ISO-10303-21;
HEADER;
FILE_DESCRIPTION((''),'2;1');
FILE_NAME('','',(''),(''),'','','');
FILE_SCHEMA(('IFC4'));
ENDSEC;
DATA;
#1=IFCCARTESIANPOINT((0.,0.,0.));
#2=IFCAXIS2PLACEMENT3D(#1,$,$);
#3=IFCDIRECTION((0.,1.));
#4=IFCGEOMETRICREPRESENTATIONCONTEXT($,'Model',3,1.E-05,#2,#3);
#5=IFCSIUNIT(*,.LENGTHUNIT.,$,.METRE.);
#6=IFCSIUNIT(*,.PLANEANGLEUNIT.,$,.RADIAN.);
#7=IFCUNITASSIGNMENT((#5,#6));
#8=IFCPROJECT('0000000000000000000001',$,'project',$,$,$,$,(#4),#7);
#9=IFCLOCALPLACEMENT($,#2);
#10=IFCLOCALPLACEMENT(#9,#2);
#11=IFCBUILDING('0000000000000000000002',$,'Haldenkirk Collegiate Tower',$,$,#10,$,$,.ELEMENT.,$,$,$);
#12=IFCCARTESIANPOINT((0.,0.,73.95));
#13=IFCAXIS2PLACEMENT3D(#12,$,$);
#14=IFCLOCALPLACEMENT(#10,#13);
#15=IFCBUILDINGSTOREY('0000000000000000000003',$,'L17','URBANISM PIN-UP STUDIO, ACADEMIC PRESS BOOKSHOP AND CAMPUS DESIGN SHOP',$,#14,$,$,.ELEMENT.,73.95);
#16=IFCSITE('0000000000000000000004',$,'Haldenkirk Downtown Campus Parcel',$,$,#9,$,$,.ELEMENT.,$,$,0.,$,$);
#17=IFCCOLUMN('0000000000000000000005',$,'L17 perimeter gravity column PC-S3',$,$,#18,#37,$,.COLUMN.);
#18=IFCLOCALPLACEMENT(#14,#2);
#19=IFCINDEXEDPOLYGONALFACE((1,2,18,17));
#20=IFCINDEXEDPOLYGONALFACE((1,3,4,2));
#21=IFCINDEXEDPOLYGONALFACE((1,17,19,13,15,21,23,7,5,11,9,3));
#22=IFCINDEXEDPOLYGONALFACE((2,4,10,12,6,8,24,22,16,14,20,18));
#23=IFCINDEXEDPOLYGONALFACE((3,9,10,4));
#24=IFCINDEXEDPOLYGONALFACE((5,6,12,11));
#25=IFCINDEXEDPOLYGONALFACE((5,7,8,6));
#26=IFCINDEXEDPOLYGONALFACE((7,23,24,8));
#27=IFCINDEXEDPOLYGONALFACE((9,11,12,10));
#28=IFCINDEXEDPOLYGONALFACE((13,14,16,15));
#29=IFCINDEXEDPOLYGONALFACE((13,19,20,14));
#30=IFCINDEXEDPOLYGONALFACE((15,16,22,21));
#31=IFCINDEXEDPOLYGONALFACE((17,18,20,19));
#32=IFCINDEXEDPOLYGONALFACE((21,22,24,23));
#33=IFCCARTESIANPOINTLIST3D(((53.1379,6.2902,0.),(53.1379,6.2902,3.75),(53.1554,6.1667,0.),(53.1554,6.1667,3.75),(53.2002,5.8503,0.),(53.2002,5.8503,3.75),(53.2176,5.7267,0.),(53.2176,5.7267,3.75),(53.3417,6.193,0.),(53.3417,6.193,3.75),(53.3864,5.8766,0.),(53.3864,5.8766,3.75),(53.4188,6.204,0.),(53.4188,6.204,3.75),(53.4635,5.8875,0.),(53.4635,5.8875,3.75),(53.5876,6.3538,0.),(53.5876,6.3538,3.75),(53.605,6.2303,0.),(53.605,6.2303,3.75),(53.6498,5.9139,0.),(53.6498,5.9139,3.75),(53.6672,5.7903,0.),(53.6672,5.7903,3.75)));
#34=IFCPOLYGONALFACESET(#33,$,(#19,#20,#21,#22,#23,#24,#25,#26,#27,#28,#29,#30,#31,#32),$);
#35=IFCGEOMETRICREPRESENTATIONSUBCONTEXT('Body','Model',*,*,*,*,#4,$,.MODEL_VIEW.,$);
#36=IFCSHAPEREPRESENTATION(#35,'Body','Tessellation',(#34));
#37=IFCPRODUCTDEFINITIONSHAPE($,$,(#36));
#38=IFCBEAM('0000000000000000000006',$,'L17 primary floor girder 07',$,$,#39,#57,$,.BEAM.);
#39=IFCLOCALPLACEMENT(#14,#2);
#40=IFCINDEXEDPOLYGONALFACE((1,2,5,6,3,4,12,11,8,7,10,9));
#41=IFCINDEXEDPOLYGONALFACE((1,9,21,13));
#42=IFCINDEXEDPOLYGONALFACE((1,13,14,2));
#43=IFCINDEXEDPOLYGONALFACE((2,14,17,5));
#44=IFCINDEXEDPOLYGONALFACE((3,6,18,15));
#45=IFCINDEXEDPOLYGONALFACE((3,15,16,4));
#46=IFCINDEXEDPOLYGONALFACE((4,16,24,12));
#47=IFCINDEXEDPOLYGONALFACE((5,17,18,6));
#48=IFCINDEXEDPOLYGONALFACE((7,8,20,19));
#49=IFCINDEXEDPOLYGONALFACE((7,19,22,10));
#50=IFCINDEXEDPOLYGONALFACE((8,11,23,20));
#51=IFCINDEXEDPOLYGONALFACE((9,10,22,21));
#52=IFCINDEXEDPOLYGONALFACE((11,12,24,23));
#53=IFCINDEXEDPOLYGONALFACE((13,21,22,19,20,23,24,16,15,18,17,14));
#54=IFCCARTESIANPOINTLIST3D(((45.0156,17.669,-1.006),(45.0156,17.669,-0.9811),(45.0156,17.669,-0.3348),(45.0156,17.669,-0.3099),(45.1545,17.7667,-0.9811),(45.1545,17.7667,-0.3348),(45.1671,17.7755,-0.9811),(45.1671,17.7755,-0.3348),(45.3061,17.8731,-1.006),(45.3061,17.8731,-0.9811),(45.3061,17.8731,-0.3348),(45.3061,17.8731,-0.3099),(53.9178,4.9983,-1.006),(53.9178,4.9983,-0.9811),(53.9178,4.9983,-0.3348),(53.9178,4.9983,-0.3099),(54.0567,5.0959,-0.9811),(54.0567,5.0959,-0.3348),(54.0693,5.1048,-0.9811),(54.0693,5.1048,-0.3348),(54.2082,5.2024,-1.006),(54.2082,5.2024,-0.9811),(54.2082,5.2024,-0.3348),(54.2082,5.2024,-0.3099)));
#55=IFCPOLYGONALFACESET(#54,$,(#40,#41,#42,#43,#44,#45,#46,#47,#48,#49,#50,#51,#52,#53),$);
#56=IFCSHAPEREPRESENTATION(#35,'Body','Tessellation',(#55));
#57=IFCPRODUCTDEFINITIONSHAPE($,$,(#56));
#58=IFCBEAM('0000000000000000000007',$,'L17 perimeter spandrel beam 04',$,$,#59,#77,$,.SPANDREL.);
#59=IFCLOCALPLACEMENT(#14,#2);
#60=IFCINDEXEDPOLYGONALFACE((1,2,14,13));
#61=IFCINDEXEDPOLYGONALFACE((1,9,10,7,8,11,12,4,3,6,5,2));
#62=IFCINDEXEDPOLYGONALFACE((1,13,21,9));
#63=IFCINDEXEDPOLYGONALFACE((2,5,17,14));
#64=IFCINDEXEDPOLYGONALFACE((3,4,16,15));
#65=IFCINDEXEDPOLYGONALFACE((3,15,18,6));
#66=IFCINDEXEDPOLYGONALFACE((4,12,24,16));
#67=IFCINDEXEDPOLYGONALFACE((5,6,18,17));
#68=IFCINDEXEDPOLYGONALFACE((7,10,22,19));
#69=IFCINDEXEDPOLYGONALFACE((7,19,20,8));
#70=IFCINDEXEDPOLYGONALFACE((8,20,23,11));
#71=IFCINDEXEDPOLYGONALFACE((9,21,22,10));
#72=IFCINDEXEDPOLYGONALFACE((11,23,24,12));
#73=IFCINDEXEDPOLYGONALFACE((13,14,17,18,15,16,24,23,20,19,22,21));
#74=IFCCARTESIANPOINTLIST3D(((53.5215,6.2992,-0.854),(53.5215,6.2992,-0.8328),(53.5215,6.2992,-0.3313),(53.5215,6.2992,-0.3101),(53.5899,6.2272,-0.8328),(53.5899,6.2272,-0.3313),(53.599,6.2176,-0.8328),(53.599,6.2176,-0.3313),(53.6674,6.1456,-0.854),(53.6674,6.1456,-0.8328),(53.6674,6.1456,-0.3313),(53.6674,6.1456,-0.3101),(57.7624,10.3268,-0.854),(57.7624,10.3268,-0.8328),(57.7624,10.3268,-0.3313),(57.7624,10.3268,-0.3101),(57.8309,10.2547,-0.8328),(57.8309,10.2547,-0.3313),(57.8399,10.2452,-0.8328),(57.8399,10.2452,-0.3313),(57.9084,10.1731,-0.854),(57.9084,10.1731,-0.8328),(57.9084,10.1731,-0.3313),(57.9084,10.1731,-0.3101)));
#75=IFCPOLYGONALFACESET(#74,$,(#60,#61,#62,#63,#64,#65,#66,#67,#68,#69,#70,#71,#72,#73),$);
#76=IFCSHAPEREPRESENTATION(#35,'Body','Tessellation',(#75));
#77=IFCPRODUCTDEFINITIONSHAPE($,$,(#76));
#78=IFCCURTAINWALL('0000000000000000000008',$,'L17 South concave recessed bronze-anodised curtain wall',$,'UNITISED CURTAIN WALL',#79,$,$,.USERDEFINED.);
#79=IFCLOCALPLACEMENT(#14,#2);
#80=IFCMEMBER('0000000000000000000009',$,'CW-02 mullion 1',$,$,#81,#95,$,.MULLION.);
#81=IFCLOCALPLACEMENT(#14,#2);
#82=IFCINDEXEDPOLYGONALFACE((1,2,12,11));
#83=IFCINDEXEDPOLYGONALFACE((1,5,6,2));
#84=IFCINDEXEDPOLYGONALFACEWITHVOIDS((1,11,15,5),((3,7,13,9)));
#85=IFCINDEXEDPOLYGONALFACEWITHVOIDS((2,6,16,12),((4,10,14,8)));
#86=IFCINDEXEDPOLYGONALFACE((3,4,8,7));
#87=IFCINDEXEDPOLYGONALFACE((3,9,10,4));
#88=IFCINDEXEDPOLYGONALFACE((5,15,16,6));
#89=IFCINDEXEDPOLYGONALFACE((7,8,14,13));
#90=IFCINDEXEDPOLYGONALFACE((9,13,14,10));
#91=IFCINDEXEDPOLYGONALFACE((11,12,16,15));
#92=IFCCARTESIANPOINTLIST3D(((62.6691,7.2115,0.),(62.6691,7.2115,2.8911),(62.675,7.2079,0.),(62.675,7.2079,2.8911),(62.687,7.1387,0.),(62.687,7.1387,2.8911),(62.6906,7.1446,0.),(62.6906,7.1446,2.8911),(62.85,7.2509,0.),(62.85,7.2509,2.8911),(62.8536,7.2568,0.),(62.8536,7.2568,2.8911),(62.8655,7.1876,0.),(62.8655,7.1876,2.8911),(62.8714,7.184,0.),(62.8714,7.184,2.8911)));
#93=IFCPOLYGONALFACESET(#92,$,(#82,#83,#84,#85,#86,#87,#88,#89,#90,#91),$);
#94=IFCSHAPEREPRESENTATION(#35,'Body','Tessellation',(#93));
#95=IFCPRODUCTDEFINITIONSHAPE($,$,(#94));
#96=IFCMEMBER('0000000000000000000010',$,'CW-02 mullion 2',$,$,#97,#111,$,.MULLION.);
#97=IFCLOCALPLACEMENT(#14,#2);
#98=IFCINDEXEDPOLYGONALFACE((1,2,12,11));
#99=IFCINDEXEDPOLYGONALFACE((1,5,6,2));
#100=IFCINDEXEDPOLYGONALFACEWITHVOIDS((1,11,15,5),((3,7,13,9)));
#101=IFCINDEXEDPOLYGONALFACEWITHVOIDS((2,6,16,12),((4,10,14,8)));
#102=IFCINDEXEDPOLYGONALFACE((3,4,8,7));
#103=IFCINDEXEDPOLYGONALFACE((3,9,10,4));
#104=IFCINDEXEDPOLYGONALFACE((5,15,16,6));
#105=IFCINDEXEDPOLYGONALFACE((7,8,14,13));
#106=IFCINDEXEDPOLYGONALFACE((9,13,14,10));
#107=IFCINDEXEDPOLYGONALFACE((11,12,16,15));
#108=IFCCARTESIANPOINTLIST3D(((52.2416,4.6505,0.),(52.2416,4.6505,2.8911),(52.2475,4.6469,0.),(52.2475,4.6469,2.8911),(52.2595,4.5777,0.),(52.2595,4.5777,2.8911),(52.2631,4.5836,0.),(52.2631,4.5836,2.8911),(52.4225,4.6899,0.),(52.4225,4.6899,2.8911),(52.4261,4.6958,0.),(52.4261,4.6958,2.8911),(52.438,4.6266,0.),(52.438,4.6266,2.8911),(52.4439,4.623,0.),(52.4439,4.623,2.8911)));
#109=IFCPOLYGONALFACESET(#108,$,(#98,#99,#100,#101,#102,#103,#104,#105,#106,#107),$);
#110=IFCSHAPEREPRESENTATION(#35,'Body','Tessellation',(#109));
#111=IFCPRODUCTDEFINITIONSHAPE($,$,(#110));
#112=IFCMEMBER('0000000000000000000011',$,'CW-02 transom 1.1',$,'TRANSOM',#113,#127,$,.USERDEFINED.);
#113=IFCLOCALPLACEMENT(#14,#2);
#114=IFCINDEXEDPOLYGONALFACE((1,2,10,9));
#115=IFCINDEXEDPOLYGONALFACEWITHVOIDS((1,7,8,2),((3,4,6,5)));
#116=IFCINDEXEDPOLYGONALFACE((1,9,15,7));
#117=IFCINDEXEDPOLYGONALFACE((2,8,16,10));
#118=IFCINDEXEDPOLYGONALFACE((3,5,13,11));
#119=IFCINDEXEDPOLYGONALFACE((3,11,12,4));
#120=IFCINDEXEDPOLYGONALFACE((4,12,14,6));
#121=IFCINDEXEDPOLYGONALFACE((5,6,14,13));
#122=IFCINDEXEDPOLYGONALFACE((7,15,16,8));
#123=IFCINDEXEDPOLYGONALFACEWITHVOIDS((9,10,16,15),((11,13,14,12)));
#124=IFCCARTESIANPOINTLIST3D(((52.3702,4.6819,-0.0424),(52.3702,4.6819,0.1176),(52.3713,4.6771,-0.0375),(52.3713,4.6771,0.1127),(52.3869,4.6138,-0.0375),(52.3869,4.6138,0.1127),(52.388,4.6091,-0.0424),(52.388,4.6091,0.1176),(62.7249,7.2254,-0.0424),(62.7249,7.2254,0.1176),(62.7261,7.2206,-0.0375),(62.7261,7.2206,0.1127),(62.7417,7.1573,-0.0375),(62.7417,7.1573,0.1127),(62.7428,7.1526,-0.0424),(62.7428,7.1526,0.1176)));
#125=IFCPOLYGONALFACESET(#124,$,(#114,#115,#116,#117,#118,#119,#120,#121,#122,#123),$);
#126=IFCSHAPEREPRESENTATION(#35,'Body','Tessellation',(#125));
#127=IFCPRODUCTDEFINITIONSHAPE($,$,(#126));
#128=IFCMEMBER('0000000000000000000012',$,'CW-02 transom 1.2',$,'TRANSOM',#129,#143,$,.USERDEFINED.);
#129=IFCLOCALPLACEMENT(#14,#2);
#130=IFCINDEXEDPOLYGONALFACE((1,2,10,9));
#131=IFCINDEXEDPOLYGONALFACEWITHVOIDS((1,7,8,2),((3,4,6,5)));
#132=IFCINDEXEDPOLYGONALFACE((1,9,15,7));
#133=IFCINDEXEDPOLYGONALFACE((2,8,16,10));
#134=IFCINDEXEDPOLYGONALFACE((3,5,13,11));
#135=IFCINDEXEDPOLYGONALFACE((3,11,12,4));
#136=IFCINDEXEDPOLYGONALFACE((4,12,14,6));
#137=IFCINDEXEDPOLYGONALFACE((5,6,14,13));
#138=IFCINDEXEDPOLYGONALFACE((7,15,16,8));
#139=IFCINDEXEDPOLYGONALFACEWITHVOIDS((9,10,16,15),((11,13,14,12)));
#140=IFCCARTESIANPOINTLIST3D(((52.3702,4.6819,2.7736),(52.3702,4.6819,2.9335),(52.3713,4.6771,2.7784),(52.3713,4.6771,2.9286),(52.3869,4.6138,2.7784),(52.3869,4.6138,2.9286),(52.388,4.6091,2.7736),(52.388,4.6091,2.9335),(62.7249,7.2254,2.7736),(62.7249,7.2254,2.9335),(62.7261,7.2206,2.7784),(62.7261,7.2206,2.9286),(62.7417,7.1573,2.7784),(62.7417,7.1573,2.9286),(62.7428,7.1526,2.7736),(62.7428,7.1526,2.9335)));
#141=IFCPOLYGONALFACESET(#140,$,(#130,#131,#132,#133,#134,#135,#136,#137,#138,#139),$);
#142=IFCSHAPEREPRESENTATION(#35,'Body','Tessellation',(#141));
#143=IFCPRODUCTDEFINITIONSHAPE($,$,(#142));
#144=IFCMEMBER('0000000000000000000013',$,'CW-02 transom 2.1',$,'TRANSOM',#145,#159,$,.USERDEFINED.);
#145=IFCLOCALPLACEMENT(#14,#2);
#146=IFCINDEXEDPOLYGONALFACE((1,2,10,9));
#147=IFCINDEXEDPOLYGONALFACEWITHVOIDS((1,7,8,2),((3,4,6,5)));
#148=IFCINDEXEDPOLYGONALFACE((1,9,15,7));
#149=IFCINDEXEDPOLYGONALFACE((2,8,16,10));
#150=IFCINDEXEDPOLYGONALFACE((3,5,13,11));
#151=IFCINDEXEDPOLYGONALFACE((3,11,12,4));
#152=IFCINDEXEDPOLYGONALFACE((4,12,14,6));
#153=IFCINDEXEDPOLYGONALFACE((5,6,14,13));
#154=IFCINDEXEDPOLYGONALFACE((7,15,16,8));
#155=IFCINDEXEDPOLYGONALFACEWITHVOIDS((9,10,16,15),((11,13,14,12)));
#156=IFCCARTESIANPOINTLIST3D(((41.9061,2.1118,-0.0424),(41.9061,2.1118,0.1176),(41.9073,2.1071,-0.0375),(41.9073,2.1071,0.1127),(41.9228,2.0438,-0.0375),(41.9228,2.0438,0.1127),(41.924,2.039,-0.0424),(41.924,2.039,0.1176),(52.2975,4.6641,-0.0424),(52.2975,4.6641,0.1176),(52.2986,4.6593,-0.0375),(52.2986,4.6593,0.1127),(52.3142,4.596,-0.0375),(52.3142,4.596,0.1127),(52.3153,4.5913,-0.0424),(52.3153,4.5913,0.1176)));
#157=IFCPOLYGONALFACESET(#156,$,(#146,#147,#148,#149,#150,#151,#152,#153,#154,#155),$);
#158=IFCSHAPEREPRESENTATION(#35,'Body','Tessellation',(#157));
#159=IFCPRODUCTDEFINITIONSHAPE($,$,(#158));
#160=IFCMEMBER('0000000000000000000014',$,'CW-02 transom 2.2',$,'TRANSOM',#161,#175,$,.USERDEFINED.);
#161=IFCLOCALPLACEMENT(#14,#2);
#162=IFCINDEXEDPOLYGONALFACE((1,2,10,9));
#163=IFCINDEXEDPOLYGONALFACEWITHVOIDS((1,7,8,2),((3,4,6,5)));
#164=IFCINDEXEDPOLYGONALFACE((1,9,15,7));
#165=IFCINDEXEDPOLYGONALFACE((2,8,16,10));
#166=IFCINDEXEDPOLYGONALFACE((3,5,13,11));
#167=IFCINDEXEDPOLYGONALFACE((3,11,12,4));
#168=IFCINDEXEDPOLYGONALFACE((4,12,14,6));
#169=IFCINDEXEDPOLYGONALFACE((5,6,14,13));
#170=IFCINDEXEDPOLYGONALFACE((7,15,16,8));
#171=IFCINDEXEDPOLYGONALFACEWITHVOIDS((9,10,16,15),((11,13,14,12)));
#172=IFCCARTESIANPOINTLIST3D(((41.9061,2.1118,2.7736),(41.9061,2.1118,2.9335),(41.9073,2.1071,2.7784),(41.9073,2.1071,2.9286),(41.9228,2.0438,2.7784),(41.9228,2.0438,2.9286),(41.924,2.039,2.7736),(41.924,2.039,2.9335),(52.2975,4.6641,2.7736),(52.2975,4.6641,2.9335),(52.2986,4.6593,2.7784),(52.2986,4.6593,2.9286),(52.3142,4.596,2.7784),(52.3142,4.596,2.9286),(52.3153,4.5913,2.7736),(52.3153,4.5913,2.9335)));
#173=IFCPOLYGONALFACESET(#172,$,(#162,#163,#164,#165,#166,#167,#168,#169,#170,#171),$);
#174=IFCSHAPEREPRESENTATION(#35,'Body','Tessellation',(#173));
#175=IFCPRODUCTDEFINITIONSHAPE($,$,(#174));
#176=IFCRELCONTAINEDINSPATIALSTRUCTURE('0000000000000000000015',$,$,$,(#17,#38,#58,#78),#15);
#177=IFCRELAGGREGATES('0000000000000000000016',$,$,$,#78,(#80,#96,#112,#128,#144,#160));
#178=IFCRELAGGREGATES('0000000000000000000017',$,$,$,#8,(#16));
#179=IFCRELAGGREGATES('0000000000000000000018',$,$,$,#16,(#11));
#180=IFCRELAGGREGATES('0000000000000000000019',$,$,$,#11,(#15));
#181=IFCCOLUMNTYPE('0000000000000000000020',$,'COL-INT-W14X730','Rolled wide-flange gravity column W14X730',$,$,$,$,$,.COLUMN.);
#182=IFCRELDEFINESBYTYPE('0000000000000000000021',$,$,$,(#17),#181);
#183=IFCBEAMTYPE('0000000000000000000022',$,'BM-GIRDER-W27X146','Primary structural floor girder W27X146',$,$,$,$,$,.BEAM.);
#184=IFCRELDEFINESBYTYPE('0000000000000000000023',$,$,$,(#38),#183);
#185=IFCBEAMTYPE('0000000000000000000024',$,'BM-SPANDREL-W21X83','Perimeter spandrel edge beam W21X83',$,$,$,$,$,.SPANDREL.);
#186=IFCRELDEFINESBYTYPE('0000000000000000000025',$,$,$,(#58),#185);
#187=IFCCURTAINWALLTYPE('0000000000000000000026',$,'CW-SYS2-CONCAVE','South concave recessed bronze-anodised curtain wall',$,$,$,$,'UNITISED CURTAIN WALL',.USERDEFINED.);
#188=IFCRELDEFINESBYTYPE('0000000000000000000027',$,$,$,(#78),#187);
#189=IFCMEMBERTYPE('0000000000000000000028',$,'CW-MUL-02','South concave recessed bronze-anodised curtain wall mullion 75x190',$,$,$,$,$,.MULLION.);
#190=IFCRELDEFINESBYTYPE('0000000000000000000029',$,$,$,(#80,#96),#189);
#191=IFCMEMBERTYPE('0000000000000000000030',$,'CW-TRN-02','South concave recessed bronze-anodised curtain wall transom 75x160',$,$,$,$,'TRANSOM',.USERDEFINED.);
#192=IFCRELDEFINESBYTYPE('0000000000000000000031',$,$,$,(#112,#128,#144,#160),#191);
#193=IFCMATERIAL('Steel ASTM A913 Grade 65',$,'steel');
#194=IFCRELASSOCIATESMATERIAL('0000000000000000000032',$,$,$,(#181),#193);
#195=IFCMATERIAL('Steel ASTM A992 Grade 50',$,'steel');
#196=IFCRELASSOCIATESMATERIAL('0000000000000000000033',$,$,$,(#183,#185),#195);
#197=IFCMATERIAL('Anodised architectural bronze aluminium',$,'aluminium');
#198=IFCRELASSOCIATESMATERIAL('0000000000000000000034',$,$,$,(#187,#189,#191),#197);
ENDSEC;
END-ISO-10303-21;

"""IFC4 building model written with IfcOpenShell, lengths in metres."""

from ifc_helpers import new_model, si_unit, direction, frame, origin, origin_2d, place, context, subcontext, project, spatial, hollow_rectangle, i_section, extrude, material, material_profile, profile_set, type_object, element, aggregate, save


model = new_model("IFC4")

# Units and contexts
model_context = context("Model", 3, precision=1e-05, world=origin(), true_north=direction((0.0, 1.0)))
body_context = subcontext(model_context, "Body", "Model", "MODEL_VIEW")
ifc_project = project(units=[si_unit("LENGTHUNIT", "METRE"), si_unit("PLANEANGLEUNIT", "RADIAN")], contexts=[model_context])

# Site, building, storey
site_placement = place(None, origin())
site = spatial("IfcSite", under=ifc_project, at=site_placement, Name="Haldenkirk Downtown Campus Parcel", CompositionType="ELEMENT", RefElevation=0.0)
building_placement = place(site_placement, origin())
building = spatial("IfcBuilding", under=site, at=building_placement, Name="Haldenkirk Collegiate Tower", CompositionType="ELEMENT")
storey_placement = place(building_placement, frame((0.0, 0.0, 73.95)))
storey = spatial("IfcBuildingStorey", under=building, at=storey_placement, Name="L17", Description="URBANISM PIN-UP STUDIO, ACADEMIC PRESS BOOKSHOP AND CAMPUS DESIGN SHOP", CompositionType="ELEMENT", Elevation=73.95)

# Column
ifc_material_1 = material(Name="Steel ASTM A913 Grade 65", Category="steel")
ifc_material_profile_1 = material_profile(ifc_material_1, i_section(OverallWidth=0.4541, OverallDepth=0.5691, WebThickness=0.0779, FlangeThickness=0.1248, at=origin_2d()), Name="W14X730")
ifc_profile_set_1 = profile_set([ifc_material_profile_1], Name="Steel ASTM A913 Grade 65")
column_type = type_object("IfcColumnType", Name="COL-INT-W14X730", Description="Rolled wide-flange gravity column W14X730", PredefinedType="COLUMN", material=ifc_profile_set_1)
column_placement = place(storey_placement, frame((53.4026, 6.0403, 0.0), z_axis=(0.0, 0.0, 1.0), x_axis=(0.990146, 0.140037, 0.0)))
element("IfcColumn", 1, at=column_placement, inside=storey, type_object=column_type, Name="L17 perimeter gravity column PC-S3", PredefinedType="COLUMN", context=body_context, shape_type="SweptSolid", body=[
    extrude(i_section(OverallWidth=0.4541, OverallDepth=0.5691, WebThickness=0.0779, FlangeThickness=0.1248, at=origin_2d()), origin(), (0.0, 0.0, 1.0), 3.75),
])

# Beams
ifc_material_2 = material(Name="Steel ASTM A992 Grade 50", Category="steel")
ifc_material_profile_2 = material_profile(ifc_material_2, i_section(OverallWidth=0.355, OverallDepth=0.696, WebThickness=0.0154, FlangeThickness=0.0249, at=origin_2d()), Name="W27X146")
ifc_profile_set_2 = profile_set([ifc_material_profile_2], Name="Steel ASTM A992 Grade 50")
beam_type_1 = type_object("IfcBeamType", Name="BM-GIRDER-W27X146", Description="Primary structural floor girder W27X146", PredefinedType="BEAM", material=ifc_profile_set_2)
beam_1_placement = place(storey_placement, frame((54.063, 5.1003, -0.658), z_axis=(-0.574876, 0.81824, 0.0), x_axis=(-0.81824, -0.574876, 0.0)))
element("IfcBeam", 2, at=beam_1_placement, inside=storey, type_object=beam_type_1, Name="L17 primary floor girder 07", PredefinedType="BEAM", context=body_context, shape_type="SweptSolid", body=[
    extrude(i_section(OverallWidth=0.355, OverallDepth=0.696, WebThickness=0.0154, FlangeThickness=0.0249, at=origin_2d()), origin(), (0.0, 0.0, 1.0), 15.4854),
])
ifc_material_profile_3 = material_profile(ifc_material_2, i_section(OverallWidth=0.2119, OverallDepth=0.5439, WebThickness=0.0132, FlangeThickness=0.0212, at=origin_2d()), Name="W21X83")
ifc_profile_set_3 = profile_set([ifc_material_profile_3], Name="Steel ASTM A992 Grade 50")
beam_type_2 = type_object("IfcBeamType", Name="BM-SPANDREL-W21X83", Description="Perimeter spandrel edge beam W21X83", PredefinedType="SPANDREL", material=ifc_profile_set_3)
beam_2_placement = place(storey_placement, frame((53.5945, 6.2224, -0.582), z_axis=(0.725113, 0.68863, 0.0), x_axis=(-0.68863, 0.725113, 0.0)))
element("IfcBeam", 3, at=beam_2_placement, inside=storey, type_object=beam_type_2, Name="L17 perimeter spandrel beam 04", PredefinedType="SPANDREL", context=body_context, shape_type="SweptSolid", body=[
    extrude(i_section(OverallWidth=0.2119, OverallDepth=0.5439, WebThickness=0.0132, FlangeThickness=0.0212, at=origin_2d()), origin(), (0.0, 0.0, 1.0), 5.8486),
])

# Curtain wall, members
ifc_material_3 = material(Name="Anodised architectural bronze aluminium", Category="aluminium")
curtain_wall_type = type_object("IfcCurtainWallType", Name="CW-SYS2-CONCAVE", Description="South concave recessed bronze-anodised curtain wall", ElementType="UNITISED CURTAIN WALL", PredefinedType="USERDEFINED", material=ifc_material_3)
curtain_wall_placement = place(storey_placement, origin())
curtain_wall = element("IfcCurtainWall", 4, at=curtain_wall_placement, inside=storey, type_object=curtain_wall_type, Name="L17 South concave recessed bronze-anodised curtain wall", ObjectType="UNITISED CURTAIN WALL", PredefinedType="USERDEFINED")
ifc_material_profile_4 = material_profile(ifc_material_3, hollow_rectangle(XDim=0.075, YDim=0.1899, WallThickness=0.0049, at=origin_2d()), Name="CW-MUL-02")
ifc_profile_set_4 = profile_set([ifc_material_profile_4], Name="Anodised architectural bronze aluminium")
member_type_1 = type_object("IfcMemberType", Name="CW-MUL-02", Description="South concave recessed bronze-anodised curtain wall mullion 75x190", PredefinedType="MULLION", material=ifc_profile_set_4)
member_1_placement = place(storey_placement, frame((62.7703, 7.1978, 0.0), z_axis=(0.0, 0.0, 1.0), x_axis=(0.238533, -0.971134, 0.0)))
member_1 = element("IfcMember", 5, at=member_1_placement, type_object=member_type_1, Name="CW-02 mullion 1", PredefinedType="MULLION", context=body_context, shape_type="SweptSolid", body=[
    extrude(hollow_rectangle(XDim=0.075, YDim=0.1899, WallThickness=0.0049, at=origin_2d()), origin(), (0.0, 0.0, 1.0), 2.8911),
])
member_2_placement = place(storey_placement, frame((52.3428, 4.6367, 0.0), z_axis=(0.0, 0.0, 1.0), x_axis=(0.238533, -0.971134, 0.0)))
member_2 = element("IfcMember", 6, at=member_2_placement, type_object=member_type_1, Name="CW-02 mullion 2", PredefinedType="MULLION", context=body_context, shape_type="SweptSolid", body=[
    extrude(hollow_rectangle(XDim=0.075, YDim=0.1899, WallThickness=0.0049, at=origin_2d()), origin(), (0.0, 0.0, 1.0), 2.8911),
])
ifc_material_profile_5 = material_profile(ifc_material_3, hollow_rectangle(XDim=0.075, YDim=0.1599, WallThickness=0.0049, at=origin_2d()), Name="CW-TRN-02")
ifc_profile_set_5 = profile_set([ifc_material_profile_5], Name="Anodised architectural bronze aluminium")
member_type_2 = type_object("IfcMemberType", Name="CW-TRN-02", Description="South concave recessed bronze-anodised curtain wall transom 75x160", ElementType="TRANSOM", PredefinedType="USERDEFINED", material=ifc_profile_set_5)
member_3_placement = place(storey_placement, frame((62.7339, 7.189, 0.0376), z_axis=(-0.971132, -0.238541, 0.0), x_axis=(0.238541, -0.971132, 0.0)))
member_3 = element("IfcMember", 7, at=member_3_placement, type_object=member_type_2, Name="CW-02 transom 1.1", ObjectType="TRANSOM", PredefinedType="USERDEFINED", context=body_context, shape_type="SweptSolid", body=[
    extrude(hollow_rectangle(XDim=0.075, YDim=0.1599, WallThickness=0.0049, at=origin_2d()), origin(), (0.0, 0.0, 1.0), 10.6626),
])
member_4_placement = place(storey_placement, frame((62.7339, 7.189, 2.8535), z_axis=(-0.971132, -0.238541, 0.0), x_axis=(0.238541, -0.971132, 0.0)))
member_4 = element("IfcMember", 8, at=member_4_placement, type_object=member_type_2, Name="CW-02 transom 1.2", ObjectType="TRANSOM", PredefinedType="USERDEFINED", context=body_context, shape_type="SweptSolid", body=[
    extrude(hollow_rectangle(XDim=0.075, YDim=0.1599, WallThickness=0.0049, at=origin_2d()), origin(), (0.0, 0.0, 1.0), 10.6626),
])
member_5_placement = place(storey_placement, frame((52.3064, 4.6277, 0.0376), z_axis=(-0.971137, -0.238523, 0.0), x_axis=(0.238523, -0.971137, 0.0)))
member_5 = element("IfcMember", 9, at=member_5_placement, type_object=member_type_2, Name="CW-02 transom 2.1", ObjectType="TRANSOM", PredefinedType="USERDEFINED", context=body_context, shape_type="SweptSolid", body=[
    extrude(hollow_rectangle(XDim=0.075, YDim=0.1599, WallThickness=0.0049, at=origin_2d()), origin(), (0.0, 0.0, 1.0), 10.7002),
])
member_6_placement = place(storey_placement, frame((52.3064, 4.6277, 2.8535), z_axis=(-0.971137, -0.238523, 0.0), x_axis=(0.238523, -0.971137, 0.0)))
member_6 = element("IfcMember", 10, at=member_6_placement, type_object=member_type_2, Name="CW-02 transom 2.2", ObjectType="TRANSOM", PredefinedType="USERDEFINED", context=body_context, shape_type="SweptSolid", body=[
    extrude(hollow_rectangle(XDim=0.075, YDim=0.1599, WallThickness=0.0049, at=origin_2d()), origin(), (0.0, 0.0, 1.0), 10.7002),
])

aggregate(curtain_wall, [member_1, member_2, member_3, member_4, member_5, member_6])

save(model, "model.ifc")
